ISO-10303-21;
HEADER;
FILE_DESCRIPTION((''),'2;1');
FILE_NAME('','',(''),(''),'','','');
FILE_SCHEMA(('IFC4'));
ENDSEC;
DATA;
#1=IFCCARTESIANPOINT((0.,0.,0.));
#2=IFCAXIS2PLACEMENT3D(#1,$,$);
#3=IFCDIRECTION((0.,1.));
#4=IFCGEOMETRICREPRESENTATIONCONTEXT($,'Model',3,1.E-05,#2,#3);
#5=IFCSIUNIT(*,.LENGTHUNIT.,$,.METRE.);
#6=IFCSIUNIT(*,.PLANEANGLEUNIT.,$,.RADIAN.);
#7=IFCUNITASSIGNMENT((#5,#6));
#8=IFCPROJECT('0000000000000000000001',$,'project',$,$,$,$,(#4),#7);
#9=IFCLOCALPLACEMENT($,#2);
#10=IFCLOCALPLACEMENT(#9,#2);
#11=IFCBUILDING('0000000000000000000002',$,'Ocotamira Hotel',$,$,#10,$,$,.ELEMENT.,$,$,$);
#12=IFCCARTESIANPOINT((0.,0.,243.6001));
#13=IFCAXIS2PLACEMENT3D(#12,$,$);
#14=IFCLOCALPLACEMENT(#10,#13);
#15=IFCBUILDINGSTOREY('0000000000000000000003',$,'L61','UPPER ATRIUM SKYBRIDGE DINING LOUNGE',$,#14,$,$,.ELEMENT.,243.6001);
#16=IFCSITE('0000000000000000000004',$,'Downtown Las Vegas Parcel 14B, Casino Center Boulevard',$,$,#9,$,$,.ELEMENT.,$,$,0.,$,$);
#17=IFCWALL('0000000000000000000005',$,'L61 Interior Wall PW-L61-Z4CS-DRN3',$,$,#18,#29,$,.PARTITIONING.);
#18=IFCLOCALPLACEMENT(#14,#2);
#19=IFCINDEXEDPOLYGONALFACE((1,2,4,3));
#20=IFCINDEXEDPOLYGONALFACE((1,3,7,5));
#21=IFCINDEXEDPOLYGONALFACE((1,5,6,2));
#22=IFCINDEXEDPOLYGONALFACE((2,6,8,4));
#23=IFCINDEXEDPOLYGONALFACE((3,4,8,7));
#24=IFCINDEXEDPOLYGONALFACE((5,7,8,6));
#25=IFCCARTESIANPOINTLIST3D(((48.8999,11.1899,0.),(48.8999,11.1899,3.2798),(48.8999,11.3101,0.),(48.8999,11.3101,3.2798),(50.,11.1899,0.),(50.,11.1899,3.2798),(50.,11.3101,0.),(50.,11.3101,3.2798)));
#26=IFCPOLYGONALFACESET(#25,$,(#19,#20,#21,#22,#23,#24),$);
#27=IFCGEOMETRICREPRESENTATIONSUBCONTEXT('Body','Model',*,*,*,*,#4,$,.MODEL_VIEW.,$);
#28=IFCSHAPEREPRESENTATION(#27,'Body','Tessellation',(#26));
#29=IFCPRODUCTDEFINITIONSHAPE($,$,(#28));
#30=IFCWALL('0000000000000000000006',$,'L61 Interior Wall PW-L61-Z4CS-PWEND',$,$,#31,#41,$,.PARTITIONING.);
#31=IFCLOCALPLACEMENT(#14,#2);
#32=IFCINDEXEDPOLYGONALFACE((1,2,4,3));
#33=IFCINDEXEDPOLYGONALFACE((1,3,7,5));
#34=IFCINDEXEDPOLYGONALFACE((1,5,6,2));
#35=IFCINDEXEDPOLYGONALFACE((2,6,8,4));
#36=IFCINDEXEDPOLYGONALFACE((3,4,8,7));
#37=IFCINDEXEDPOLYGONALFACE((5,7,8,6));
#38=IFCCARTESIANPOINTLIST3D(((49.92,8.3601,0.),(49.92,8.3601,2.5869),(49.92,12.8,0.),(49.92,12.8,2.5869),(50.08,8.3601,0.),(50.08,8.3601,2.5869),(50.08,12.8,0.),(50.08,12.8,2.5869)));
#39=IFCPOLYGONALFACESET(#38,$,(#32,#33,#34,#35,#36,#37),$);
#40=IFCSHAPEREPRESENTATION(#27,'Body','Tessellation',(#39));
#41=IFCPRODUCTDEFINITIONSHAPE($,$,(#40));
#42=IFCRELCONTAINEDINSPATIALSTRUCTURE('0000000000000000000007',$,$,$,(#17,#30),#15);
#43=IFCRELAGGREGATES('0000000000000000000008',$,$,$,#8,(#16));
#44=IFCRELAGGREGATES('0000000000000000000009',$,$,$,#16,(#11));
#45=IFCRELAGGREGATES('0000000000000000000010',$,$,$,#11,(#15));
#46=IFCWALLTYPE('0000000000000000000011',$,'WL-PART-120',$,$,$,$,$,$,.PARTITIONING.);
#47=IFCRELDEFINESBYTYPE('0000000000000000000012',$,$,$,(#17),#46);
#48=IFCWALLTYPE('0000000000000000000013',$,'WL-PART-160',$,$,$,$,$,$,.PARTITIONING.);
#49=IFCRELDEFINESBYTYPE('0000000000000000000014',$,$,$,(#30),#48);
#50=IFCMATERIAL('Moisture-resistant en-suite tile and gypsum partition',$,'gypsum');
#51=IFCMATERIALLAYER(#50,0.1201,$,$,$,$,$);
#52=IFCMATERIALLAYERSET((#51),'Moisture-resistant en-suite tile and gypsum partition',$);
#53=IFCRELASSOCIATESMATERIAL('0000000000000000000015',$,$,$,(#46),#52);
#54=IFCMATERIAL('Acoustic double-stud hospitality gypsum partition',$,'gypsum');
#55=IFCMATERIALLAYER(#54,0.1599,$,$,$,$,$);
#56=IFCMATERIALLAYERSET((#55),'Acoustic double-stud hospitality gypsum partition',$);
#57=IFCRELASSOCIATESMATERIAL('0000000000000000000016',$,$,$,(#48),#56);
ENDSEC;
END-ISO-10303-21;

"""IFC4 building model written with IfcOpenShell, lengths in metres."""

from ifc_helpers import new_model, si_unit, direction, frame, frame_2d, origin, place, context, subcontext, project, spatial, rectangle, extrude, material, layer, layer_set, type_object, element, save


model = new_model("IFC4")

# Units and contexts
model_context = context("Model", 3, precision=1e-05, world=origin(), true_north=direction((0.0, 1.0)))
body_context = subcontext(model_context, "Body", "Model", "MODEL_VIEW")
ifc_project = project(units=[si_unit("LENGTHUNIT", "METRE"), si_unit("PLANEANGLEUNIT", "RADIAN")], contexts=[model_context])

# Site, building, storey
site_placement = place(None, origin())
site = spatial("IfcSite", under=ifc_project, at=site_placement, Name="Downtown Las Vegas Parcel 14B, Casino Center Boulevard", CompositionType="ELEMENT", RefElevation=0.0)
building_placement = place(site_placement, origin())
building = spatial("IfcBuilding", under=site, at=building_placement, Name="Ocotamira Hotel", CompositionType="ELEMENT")
storey_placement = place(building_placement, frame((0.0, 0.0, 243.6001)))
storey = spatial("IfcBuildingStorey", under=building, at=storey_placement, Name="L61", Description="UPPER ATRIUM SKYBRIDGE DINING LOUNGE", CompositionType="ELEMENT", Elevation=243.6001)

# Walls
ifc_material_1 = material(Name="Moisture-resistant en-suite tile and gypsum partition", Category="gypsum")
ifc_layer_1 = layer(ifc_material_1, 0.1201)
ifc_layer_set_1 = layer_set([ifc_layer_1], Name="Moisture-resistant en-suite tile and gypsum partition")
wall_type_1 = type_object("IfcWallType", Name="WL-PART-120", PredefinedType="PARTITIONING", material=ifc_layer_set_1)
wall_1_placement = place(storey_placement, frame((48.8999, 11.25, 0.0), z_axis=(0.0, 0.0, 1.0), x_axis=(1.0, 0.0, 0.0)))
element("IfcWall", 1, at=wall_1_placement, inside=storey, type_object=wall_type_1, Name="L61 Interior Wall PW-L61-Z4CS-DRN3", PredefinedType="PARTITIONING", context=body_context, shape_type="SweptSolid", body=[
    extrude(rectangle(XDim=1.1001, YDim=0.1201, at=frame_2d((0.55, 0.0))), origin(), (0.0, 0.0, 1.0), 3.2798),
])
ifc_material_2 = material(Name="Acoustic double-stud hospitality gypsum partition", Category="gypsum")
ifc_layer_2 = layer(ifc_material_2, 0.1599)
ifc_layer_set_2 = layer_set([ifc_layer_2], Name="Acoustic double-stud hospitality gypsum partition")
wall_type_2 = type_object("IfcWallType", Name="WL-PART-160", PredefinedType="PARTITIONING", material=ifc_layer_set_2)
wall_2_placement = place(storey_placement, frame((50.0, 8.3601, 0.0), z_axis=(0.0, 0.0, 1.0), x_axis=(0.0, 1.0, 0.0)))
element("IfcWall", 2, at=wall_2_placement, inside=storey, type_object=wall_type_2, Name="L61 Interior Wall PW-L61-Z4CS-PWEND", PredefinedType="PARTITIONING", context=body_context, shape_type="SweptSolid", body=[
    extrude(rectangle(XDim=4.4399, YDim=0.1599, at=frame_2d((2.22, 0.0))), origin(), (0.0, 0.0, 1.0), 2.5869),
])

save(model, "model.ifc")
